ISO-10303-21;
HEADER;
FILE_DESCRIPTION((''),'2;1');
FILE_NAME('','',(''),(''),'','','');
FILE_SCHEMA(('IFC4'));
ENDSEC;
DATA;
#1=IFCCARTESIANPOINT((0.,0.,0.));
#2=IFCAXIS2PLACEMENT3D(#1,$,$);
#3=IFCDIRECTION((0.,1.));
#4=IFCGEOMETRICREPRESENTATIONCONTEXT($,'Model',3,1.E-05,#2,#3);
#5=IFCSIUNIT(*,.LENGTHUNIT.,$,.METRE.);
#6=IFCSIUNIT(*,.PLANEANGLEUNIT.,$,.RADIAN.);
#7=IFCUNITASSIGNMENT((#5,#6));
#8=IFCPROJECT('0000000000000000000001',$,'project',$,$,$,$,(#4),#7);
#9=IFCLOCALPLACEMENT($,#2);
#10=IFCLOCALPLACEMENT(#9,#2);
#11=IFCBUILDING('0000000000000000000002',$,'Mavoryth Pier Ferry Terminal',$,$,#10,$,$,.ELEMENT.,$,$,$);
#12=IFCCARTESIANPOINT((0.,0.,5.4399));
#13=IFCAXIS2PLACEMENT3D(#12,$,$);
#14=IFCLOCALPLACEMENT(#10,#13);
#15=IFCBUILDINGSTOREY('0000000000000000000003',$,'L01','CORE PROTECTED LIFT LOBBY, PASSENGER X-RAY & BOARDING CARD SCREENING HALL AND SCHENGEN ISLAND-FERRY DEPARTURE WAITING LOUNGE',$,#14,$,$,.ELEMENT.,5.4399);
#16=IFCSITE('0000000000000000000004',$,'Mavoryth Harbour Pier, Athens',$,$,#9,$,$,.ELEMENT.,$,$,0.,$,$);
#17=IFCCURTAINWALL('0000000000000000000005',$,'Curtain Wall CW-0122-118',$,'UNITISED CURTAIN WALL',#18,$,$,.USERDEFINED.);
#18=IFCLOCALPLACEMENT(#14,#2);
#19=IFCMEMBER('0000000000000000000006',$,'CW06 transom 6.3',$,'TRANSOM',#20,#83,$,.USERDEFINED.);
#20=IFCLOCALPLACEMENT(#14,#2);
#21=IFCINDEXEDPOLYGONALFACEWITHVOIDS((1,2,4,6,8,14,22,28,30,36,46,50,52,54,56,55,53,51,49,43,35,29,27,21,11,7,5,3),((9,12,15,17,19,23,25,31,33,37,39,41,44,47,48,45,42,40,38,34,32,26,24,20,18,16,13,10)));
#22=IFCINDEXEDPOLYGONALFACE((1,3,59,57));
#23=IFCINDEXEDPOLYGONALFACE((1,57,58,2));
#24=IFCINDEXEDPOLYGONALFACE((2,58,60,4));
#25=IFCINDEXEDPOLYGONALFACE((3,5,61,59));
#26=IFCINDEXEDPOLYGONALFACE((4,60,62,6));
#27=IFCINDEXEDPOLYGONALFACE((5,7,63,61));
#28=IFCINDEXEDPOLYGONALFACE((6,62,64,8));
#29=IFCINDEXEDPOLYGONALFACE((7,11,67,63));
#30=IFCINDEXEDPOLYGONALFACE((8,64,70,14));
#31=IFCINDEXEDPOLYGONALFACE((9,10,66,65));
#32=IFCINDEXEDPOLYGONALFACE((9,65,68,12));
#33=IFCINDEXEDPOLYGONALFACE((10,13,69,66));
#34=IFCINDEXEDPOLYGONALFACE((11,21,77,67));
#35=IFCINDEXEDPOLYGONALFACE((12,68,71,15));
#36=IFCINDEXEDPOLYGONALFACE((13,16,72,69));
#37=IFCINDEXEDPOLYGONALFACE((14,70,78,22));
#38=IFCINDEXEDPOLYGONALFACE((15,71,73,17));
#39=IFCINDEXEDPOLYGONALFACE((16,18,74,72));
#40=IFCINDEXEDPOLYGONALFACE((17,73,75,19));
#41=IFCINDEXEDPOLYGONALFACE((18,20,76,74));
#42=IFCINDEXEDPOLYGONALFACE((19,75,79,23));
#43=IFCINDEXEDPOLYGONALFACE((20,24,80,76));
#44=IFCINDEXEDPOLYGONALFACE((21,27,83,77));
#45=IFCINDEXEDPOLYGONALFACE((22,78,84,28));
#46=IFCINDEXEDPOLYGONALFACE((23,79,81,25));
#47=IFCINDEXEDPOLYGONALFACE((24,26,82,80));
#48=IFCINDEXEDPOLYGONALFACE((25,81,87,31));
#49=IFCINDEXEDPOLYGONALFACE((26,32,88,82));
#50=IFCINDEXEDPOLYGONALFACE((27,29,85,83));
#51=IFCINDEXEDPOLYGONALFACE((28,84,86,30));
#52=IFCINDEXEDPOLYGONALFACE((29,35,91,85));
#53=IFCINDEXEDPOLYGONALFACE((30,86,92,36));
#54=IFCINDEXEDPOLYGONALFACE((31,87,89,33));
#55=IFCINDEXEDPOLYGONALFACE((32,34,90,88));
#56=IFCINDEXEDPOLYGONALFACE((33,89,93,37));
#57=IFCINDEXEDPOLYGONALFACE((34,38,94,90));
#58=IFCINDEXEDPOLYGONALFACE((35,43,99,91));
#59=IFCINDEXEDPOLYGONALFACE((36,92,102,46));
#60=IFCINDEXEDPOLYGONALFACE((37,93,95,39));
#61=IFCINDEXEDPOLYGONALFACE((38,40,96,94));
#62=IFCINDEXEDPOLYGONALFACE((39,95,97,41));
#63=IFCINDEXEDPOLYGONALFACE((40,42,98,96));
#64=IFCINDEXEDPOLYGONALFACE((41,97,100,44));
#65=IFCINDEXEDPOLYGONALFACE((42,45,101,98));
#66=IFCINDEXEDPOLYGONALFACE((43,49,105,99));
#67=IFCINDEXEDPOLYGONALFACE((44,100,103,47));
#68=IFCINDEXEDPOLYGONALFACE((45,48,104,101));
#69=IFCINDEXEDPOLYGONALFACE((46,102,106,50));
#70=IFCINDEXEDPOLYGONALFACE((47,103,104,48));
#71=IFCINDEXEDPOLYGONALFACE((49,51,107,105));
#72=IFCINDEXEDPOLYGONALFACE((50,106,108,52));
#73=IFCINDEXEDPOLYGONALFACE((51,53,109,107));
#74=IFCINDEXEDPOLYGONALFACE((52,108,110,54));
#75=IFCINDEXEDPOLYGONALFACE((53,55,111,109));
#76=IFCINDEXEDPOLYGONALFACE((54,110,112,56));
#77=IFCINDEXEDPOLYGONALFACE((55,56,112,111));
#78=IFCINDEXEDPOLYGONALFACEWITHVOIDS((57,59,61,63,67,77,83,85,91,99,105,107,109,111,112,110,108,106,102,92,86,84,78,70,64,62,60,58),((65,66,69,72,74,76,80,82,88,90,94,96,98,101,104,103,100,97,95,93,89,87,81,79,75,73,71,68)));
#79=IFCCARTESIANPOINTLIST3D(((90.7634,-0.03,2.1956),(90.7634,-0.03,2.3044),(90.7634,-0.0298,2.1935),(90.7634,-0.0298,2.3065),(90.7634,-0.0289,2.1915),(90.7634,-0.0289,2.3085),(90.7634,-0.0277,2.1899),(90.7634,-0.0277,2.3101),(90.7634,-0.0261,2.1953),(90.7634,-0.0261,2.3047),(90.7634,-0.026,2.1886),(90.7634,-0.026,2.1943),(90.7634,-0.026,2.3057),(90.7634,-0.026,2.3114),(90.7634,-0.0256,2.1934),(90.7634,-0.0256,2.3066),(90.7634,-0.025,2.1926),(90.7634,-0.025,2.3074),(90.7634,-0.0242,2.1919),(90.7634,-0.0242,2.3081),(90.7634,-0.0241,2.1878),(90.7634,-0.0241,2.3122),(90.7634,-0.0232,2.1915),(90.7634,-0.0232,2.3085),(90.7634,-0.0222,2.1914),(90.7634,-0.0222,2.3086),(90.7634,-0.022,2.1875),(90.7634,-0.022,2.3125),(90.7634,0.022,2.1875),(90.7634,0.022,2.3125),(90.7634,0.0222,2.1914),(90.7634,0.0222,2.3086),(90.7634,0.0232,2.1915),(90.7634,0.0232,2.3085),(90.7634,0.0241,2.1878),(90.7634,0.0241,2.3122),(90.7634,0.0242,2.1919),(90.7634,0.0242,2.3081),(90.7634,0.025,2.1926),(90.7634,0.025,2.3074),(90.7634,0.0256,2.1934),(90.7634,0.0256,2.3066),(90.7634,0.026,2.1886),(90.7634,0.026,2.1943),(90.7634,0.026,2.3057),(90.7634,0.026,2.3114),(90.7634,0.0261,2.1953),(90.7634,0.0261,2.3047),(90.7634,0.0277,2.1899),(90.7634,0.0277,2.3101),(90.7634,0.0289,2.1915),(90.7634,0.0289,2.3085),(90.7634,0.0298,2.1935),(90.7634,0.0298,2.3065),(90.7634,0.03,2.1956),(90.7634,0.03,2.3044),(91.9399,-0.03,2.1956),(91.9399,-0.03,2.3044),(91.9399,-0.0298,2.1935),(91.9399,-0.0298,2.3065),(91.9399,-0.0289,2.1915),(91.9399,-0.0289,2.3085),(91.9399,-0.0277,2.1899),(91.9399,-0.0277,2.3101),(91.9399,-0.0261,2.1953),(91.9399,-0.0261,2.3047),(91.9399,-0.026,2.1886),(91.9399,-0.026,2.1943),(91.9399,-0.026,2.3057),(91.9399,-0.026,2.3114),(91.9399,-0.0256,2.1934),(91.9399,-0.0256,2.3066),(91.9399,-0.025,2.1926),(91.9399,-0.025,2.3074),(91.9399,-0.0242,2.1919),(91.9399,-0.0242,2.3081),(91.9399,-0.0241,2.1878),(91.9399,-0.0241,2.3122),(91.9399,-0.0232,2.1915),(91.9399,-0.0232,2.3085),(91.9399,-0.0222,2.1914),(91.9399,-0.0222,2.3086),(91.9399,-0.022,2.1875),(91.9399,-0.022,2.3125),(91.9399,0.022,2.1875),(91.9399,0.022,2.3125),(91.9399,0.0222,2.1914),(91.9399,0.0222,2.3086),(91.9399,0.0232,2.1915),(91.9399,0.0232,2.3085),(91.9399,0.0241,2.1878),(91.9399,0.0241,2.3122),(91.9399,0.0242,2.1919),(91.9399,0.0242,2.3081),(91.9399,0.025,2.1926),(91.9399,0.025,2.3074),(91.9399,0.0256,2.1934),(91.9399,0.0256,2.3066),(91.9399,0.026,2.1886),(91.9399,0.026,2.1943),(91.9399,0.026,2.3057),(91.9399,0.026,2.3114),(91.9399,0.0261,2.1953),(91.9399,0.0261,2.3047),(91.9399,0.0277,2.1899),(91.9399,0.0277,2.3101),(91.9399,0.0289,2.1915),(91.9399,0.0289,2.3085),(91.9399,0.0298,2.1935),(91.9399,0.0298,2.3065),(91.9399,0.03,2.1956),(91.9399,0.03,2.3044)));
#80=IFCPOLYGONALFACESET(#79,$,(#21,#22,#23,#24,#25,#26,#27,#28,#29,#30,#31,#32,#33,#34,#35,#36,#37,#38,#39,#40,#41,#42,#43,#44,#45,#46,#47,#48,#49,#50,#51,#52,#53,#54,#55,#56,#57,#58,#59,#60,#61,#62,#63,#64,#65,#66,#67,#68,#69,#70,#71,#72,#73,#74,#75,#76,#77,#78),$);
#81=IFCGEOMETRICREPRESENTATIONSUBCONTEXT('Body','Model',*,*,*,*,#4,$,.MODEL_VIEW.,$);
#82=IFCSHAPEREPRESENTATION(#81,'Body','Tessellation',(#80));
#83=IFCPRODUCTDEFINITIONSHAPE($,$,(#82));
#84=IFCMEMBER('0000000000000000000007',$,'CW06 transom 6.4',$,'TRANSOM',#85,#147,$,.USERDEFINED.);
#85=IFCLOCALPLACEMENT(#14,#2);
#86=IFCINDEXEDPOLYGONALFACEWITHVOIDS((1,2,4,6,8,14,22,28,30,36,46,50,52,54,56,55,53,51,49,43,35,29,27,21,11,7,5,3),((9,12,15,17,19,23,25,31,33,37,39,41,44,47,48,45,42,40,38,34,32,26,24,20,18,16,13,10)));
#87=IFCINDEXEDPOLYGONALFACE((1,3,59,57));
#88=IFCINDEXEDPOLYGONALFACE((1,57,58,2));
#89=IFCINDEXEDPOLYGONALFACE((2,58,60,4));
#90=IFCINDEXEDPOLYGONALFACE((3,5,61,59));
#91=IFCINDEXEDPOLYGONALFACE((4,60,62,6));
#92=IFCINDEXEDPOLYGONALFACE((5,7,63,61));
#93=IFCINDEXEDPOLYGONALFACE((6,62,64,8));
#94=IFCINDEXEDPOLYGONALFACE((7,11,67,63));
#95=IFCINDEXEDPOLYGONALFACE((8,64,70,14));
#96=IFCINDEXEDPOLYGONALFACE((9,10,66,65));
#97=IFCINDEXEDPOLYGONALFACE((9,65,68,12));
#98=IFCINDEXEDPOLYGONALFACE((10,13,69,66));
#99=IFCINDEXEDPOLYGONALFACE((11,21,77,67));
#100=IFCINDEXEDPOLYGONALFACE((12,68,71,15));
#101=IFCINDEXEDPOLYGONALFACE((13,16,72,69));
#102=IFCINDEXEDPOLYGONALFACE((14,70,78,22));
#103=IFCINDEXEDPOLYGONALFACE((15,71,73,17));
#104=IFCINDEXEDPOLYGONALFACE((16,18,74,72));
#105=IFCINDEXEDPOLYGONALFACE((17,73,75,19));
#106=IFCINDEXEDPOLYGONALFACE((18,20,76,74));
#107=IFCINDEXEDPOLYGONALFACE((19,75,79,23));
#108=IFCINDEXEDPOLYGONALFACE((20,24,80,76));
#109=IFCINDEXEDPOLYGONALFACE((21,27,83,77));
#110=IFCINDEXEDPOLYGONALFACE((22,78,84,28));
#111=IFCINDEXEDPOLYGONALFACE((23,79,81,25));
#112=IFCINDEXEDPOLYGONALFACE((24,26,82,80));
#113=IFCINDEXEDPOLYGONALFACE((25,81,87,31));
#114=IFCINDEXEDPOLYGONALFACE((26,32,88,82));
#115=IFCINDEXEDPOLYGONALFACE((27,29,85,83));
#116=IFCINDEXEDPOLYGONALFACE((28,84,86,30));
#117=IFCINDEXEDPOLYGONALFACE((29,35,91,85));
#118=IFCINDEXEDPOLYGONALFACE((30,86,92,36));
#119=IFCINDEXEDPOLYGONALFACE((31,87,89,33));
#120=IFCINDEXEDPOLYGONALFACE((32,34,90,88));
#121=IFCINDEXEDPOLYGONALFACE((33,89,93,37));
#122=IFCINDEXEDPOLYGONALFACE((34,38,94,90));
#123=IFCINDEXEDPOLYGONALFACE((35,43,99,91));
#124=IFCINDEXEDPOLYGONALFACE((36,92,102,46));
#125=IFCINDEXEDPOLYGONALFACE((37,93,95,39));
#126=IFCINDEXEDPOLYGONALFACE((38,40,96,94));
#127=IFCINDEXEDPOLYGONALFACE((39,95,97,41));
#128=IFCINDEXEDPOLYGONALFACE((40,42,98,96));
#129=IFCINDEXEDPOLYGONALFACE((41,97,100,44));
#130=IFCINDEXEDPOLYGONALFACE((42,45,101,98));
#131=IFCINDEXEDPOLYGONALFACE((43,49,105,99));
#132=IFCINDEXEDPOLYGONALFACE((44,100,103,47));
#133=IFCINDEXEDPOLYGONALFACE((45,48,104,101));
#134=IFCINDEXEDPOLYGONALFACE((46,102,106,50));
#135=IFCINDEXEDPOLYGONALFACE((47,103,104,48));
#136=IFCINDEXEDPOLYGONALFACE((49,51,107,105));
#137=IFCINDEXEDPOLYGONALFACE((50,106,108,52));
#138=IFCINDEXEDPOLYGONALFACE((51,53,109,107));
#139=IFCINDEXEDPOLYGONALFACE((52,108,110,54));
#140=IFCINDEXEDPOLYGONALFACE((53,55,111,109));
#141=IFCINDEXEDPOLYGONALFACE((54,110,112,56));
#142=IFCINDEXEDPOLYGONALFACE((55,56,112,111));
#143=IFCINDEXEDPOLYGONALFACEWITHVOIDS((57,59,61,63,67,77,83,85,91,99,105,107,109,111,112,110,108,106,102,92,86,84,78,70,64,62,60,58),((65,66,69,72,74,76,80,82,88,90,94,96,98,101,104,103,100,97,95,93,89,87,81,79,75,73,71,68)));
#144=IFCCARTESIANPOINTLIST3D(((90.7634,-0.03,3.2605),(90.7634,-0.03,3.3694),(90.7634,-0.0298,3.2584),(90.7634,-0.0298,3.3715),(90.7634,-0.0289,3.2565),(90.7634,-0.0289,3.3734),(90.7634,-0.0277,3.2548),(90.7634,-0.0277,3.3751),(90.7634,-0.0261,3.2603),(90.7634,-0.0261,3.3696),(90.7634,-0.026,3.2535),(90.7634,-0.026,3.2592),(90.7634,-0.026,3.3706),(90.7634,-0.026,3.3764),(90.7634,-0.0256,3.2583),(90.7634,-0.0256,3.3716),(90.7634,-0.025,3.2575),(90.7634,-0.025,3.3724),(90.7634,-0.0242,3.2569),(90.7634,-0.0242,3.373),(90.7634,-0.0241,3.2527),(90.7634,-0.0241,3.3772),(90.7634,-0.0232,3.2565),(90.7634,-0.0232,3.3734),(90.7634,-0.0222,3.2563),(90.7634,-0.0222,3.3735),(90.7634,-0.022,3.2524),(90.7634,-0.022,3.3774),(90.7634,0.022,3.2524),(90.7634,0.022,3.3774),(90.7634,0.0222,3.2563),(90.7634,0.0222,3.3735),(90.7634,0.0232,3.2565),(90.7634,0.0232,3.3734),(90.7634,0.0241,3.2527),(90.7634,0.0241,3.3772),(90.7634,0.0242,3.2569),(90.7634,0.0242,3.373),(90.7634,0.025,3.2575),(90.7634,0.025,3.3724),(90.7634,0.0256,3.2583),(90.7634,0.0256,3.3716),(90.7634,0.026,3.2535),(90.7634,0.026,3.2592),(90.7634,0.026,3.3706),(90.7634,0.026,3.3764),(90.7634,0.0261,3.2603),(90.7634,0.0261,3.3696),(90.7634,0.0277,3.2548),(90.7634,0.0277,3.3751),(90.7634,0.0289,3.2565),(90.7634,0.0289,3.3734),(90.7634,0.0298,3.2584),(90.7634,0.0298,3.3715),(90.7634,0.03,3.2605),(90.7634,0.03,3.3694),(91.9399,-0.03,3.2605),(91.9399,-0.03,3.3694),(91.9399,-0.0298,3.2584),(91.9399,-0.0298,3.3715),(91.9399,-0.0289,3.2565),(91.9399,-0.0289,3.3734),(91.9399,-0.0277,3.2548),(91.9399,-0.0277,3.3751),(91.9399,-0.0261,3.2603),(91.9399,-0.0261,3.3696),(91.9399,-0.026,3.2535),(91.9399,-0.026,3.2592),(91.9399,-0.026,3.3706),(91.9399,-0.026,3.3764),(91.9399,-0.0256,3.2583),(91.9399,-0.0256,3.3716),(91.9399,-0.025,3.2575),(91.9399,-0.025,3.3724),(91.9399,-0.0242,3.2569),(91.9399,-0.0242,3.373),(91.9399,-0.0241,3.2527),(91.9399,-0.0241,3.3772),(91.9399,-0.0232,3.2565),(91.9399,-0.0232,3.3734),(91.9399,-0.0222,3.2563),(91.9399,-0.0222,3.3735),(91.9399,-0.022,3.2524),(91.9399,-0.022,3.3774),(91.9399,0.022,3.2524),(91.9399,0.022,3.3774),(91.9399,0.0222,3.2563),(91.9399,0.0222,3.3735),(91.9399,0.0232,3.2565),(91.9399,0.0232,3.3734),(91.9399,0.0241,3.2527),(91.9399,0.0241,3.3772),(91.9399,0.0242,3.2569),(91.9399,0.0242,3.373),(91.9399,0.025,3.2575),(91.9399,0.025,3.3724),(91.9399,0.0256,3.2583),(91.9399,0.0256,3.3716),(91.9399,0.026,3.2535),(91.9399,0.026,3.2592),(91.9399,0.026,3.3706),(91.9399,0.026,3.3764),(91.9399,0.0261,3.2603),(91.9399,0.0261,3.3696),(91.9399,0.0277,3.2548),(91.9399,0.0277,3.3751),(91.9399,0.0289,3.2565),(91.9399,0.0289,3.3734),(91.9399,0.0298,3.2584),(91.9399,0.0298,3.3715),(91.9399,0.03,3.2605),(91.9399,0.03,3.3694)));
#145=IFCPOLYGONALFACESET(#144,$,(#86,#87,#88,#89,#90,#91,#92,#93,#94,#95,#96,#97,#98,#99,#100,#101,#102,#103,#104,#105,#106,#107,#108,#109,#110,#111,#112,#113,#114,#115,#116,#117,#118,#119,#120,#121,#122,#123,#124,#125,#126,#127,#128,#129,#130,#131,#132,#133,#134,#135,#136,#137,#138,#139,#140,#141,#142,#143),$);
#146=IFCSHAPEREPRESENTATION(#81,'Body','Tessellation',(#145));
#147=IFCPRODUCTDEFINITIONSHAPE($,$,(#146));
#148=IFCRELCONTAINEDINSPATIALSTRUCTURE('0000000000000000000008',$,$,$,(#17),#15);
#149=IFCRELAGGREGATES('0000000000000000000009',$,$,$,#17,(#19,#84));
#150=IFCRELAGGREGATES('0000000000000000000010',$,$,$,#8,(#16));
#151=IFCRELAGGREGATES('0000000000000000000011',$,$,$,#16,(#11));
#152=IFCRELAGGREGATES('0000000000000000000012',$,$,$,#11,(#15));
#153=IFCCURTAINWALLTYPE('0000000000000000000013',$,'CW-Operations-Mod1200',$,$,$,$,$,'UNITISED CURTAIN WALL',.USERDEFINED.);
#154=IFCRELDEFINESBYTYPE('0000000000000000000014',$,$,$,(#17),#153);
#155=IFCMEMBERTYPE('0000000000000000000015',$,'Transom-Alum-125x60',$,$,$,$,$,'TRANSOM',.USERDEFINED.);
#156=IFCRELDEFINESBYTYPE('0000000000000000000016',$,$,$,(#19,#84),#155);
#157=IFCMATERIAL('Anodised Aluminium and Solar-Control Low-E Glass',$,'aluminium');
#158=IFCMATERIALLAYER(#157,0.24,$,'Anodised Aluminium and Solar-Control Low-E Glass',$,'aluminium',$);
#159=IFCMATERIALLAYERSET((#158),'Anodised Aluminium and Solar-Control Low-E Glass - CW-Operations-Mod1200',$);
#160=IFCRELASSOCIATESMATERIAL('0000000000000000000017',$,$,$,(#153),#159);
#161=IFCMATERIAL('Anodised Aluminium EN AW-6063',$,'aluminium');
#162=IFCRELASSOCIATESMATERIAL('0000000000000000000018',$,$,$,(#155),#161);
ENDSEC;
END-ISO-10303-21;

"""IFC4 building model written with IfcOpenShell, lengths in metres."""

from ifc_helpers import new_model, si_unit, direction, frame, origin, origin_2d, place, context, subcontext, project, spatial, hollow_rectangle, extrude, material, layer, layer_set, material_profile, profile_set, type_object, element, aggregate, save


model = new_model("IFC4")

# Units and contexts
model_context = context("Model", 3, precision=1e-05, world=origin(), true_north=direction((0.0, 1.0)))
body_context = subcontext(model_context, "Body", "Model", "MODEL_VIEW")
ifc_project = project(units=[si_unit("LENGTHUNIT", "METRE"), si_unit("PLANEANGLEUNIT", "RADIAN")], contexts=[model_context])

# Site, building, storey
site_placement = place(None, origin())
site = spatial("IfcSite", under=ifc_project, at=site_placement, Name="Mavoryth Harbour Pier, Athens", CompositionType="ELEMENT", RefElevation=0.0)
building_placement = place(site_placement, origin())
building = spatial("IfcBuilding", under=site, at=building_placement, Name="Mavoryth Pier Ferry Terminal", CompositionType="ELEMENT")
storey_placement = place(building_placement, frame((0.0, 0.0, 5.4399)))
storey = spatial("IfcBuildingStorey", under=building, at=storey_placement, Name="L01", Description="CORE PROTECTED LIFT LOBBY, PASSENGER X-RAY & BOARDING CARD SCREENING HALL AND SCHENGEN ISLAND-FERRY DEPARTURE WAITING LOUNGE", CompositionType="ELEMENT", Elevation=5.4399)

# Curtain wall
ifc_material_1 = material(Name="Anodised Aluminium and Solar-Control Low-E Glass", Category="aluminium")
ifc_layer_1 = layer(ifc_material_1, 0.24, Name="Anodised Aluminium and Solar-Control Low-E Glass", Category="aluminium")
ifc_layer_set_1 = layer_set([ifc_layer_1], Name="Anodised Aluminium and Solar-Control Low-E Glass - CW-Operations-Mod1200")
curtain_wall_type = type_object("IfcCurtainWallType", Name="CW-Operations-Mod1200", ElementType="UNITISED CURTAIN WALL", PredefinedType="USERDEFINED", material=ifc_layer_set_1)
curtain_wall_1_placement = place(storey_placement, origin())
curtain_wall_1 = element("IfcCurtainWall", 1, at=curtain_wall_1_placement, inside=storey, type_object=curtain_wall_type, Name="Curtain Wall CW-0122-118", ObjectType="UNITISED CURTAIN WALL", PredefinedType="USERDEFINED")
ifc_material_2 = material(Name="Anodised Aluminium EN AW-6063", Category="aluminium")

# Members
ifc_material_profile_1 = material_profile(ifc_material_2, hollow_rectangle(XDim=0.0601, YDim=0.125, WallThickness=0.0039, InnerFilletRadius=0.0039, OuterFilletRadius=0.0081, at=origin_2d()), Name="AL-TRAN 125x60x4", Category="aluminium")
ifc_profile_set_1 = profile_set([ifc_material_profile_1], Name="Anodised Aluminium EN AW-6063 - AL-TRAN 125x60x4")
member_type_1 = type_object("IfcMemberType", Name="Transom-Alum-125x60", ElementType="TRANSOM", PredefinedType="USERDEFINED", material=ifc_profile_set_1)
member_1_placement = place(storey_placement, frame((90.7634, 0.0, 2.25), z_axis=(1.0, 0.0, 0.0), x_axis=(0.0, 1.0, 0.0)))
member_1 = element("IfcMember", 2, at=member_1_placement, type_object=member_type_1, Name="CW06 transom 6.3", ObjectType="TRANSOM", PredefinedType="USERDEFINED", context=body_context, shape_type="SweptSolid", body=[
    extrude(hollow_rectangle(XDim=0.0601, YDim=0.125, WallThickness=0.0039, InnerFilletRadius=0.0039, OuterFilletRadius=0.0081, at=origin_2d()), origin(), (0.0, 0.0, 1.0), 1.1765),
])
member_2_placement = place(storey_placement, frame((90.7634, 0.0, 3.3149), z_axis=(1.0, 0.0, 0.0), x_axis=(0.0, 1.0, 0.0)))
member_2 = element("IfcMember", 3, at=member_2_placement, type_object=member_type_1, Name="CW06 transom 6.4", ObjectType="TRANSOM", PredefinedType="USERDEFINED", context=body_context, shape_type="SweptSolid", body=[
    extrude(hollow_rectangle(XDim=0.0601, YDim=0.125, WallThickness=0.0039, InnerFilletRadius=0.0039, OuterFilletRadius=0.0081, at=origin_2d()), origin(), (0.0, 0.0, 1.0), 1.1765),
])

aggregate(curtain_wall_1, [member_1, member_2])

save(model, "model.ifc")
